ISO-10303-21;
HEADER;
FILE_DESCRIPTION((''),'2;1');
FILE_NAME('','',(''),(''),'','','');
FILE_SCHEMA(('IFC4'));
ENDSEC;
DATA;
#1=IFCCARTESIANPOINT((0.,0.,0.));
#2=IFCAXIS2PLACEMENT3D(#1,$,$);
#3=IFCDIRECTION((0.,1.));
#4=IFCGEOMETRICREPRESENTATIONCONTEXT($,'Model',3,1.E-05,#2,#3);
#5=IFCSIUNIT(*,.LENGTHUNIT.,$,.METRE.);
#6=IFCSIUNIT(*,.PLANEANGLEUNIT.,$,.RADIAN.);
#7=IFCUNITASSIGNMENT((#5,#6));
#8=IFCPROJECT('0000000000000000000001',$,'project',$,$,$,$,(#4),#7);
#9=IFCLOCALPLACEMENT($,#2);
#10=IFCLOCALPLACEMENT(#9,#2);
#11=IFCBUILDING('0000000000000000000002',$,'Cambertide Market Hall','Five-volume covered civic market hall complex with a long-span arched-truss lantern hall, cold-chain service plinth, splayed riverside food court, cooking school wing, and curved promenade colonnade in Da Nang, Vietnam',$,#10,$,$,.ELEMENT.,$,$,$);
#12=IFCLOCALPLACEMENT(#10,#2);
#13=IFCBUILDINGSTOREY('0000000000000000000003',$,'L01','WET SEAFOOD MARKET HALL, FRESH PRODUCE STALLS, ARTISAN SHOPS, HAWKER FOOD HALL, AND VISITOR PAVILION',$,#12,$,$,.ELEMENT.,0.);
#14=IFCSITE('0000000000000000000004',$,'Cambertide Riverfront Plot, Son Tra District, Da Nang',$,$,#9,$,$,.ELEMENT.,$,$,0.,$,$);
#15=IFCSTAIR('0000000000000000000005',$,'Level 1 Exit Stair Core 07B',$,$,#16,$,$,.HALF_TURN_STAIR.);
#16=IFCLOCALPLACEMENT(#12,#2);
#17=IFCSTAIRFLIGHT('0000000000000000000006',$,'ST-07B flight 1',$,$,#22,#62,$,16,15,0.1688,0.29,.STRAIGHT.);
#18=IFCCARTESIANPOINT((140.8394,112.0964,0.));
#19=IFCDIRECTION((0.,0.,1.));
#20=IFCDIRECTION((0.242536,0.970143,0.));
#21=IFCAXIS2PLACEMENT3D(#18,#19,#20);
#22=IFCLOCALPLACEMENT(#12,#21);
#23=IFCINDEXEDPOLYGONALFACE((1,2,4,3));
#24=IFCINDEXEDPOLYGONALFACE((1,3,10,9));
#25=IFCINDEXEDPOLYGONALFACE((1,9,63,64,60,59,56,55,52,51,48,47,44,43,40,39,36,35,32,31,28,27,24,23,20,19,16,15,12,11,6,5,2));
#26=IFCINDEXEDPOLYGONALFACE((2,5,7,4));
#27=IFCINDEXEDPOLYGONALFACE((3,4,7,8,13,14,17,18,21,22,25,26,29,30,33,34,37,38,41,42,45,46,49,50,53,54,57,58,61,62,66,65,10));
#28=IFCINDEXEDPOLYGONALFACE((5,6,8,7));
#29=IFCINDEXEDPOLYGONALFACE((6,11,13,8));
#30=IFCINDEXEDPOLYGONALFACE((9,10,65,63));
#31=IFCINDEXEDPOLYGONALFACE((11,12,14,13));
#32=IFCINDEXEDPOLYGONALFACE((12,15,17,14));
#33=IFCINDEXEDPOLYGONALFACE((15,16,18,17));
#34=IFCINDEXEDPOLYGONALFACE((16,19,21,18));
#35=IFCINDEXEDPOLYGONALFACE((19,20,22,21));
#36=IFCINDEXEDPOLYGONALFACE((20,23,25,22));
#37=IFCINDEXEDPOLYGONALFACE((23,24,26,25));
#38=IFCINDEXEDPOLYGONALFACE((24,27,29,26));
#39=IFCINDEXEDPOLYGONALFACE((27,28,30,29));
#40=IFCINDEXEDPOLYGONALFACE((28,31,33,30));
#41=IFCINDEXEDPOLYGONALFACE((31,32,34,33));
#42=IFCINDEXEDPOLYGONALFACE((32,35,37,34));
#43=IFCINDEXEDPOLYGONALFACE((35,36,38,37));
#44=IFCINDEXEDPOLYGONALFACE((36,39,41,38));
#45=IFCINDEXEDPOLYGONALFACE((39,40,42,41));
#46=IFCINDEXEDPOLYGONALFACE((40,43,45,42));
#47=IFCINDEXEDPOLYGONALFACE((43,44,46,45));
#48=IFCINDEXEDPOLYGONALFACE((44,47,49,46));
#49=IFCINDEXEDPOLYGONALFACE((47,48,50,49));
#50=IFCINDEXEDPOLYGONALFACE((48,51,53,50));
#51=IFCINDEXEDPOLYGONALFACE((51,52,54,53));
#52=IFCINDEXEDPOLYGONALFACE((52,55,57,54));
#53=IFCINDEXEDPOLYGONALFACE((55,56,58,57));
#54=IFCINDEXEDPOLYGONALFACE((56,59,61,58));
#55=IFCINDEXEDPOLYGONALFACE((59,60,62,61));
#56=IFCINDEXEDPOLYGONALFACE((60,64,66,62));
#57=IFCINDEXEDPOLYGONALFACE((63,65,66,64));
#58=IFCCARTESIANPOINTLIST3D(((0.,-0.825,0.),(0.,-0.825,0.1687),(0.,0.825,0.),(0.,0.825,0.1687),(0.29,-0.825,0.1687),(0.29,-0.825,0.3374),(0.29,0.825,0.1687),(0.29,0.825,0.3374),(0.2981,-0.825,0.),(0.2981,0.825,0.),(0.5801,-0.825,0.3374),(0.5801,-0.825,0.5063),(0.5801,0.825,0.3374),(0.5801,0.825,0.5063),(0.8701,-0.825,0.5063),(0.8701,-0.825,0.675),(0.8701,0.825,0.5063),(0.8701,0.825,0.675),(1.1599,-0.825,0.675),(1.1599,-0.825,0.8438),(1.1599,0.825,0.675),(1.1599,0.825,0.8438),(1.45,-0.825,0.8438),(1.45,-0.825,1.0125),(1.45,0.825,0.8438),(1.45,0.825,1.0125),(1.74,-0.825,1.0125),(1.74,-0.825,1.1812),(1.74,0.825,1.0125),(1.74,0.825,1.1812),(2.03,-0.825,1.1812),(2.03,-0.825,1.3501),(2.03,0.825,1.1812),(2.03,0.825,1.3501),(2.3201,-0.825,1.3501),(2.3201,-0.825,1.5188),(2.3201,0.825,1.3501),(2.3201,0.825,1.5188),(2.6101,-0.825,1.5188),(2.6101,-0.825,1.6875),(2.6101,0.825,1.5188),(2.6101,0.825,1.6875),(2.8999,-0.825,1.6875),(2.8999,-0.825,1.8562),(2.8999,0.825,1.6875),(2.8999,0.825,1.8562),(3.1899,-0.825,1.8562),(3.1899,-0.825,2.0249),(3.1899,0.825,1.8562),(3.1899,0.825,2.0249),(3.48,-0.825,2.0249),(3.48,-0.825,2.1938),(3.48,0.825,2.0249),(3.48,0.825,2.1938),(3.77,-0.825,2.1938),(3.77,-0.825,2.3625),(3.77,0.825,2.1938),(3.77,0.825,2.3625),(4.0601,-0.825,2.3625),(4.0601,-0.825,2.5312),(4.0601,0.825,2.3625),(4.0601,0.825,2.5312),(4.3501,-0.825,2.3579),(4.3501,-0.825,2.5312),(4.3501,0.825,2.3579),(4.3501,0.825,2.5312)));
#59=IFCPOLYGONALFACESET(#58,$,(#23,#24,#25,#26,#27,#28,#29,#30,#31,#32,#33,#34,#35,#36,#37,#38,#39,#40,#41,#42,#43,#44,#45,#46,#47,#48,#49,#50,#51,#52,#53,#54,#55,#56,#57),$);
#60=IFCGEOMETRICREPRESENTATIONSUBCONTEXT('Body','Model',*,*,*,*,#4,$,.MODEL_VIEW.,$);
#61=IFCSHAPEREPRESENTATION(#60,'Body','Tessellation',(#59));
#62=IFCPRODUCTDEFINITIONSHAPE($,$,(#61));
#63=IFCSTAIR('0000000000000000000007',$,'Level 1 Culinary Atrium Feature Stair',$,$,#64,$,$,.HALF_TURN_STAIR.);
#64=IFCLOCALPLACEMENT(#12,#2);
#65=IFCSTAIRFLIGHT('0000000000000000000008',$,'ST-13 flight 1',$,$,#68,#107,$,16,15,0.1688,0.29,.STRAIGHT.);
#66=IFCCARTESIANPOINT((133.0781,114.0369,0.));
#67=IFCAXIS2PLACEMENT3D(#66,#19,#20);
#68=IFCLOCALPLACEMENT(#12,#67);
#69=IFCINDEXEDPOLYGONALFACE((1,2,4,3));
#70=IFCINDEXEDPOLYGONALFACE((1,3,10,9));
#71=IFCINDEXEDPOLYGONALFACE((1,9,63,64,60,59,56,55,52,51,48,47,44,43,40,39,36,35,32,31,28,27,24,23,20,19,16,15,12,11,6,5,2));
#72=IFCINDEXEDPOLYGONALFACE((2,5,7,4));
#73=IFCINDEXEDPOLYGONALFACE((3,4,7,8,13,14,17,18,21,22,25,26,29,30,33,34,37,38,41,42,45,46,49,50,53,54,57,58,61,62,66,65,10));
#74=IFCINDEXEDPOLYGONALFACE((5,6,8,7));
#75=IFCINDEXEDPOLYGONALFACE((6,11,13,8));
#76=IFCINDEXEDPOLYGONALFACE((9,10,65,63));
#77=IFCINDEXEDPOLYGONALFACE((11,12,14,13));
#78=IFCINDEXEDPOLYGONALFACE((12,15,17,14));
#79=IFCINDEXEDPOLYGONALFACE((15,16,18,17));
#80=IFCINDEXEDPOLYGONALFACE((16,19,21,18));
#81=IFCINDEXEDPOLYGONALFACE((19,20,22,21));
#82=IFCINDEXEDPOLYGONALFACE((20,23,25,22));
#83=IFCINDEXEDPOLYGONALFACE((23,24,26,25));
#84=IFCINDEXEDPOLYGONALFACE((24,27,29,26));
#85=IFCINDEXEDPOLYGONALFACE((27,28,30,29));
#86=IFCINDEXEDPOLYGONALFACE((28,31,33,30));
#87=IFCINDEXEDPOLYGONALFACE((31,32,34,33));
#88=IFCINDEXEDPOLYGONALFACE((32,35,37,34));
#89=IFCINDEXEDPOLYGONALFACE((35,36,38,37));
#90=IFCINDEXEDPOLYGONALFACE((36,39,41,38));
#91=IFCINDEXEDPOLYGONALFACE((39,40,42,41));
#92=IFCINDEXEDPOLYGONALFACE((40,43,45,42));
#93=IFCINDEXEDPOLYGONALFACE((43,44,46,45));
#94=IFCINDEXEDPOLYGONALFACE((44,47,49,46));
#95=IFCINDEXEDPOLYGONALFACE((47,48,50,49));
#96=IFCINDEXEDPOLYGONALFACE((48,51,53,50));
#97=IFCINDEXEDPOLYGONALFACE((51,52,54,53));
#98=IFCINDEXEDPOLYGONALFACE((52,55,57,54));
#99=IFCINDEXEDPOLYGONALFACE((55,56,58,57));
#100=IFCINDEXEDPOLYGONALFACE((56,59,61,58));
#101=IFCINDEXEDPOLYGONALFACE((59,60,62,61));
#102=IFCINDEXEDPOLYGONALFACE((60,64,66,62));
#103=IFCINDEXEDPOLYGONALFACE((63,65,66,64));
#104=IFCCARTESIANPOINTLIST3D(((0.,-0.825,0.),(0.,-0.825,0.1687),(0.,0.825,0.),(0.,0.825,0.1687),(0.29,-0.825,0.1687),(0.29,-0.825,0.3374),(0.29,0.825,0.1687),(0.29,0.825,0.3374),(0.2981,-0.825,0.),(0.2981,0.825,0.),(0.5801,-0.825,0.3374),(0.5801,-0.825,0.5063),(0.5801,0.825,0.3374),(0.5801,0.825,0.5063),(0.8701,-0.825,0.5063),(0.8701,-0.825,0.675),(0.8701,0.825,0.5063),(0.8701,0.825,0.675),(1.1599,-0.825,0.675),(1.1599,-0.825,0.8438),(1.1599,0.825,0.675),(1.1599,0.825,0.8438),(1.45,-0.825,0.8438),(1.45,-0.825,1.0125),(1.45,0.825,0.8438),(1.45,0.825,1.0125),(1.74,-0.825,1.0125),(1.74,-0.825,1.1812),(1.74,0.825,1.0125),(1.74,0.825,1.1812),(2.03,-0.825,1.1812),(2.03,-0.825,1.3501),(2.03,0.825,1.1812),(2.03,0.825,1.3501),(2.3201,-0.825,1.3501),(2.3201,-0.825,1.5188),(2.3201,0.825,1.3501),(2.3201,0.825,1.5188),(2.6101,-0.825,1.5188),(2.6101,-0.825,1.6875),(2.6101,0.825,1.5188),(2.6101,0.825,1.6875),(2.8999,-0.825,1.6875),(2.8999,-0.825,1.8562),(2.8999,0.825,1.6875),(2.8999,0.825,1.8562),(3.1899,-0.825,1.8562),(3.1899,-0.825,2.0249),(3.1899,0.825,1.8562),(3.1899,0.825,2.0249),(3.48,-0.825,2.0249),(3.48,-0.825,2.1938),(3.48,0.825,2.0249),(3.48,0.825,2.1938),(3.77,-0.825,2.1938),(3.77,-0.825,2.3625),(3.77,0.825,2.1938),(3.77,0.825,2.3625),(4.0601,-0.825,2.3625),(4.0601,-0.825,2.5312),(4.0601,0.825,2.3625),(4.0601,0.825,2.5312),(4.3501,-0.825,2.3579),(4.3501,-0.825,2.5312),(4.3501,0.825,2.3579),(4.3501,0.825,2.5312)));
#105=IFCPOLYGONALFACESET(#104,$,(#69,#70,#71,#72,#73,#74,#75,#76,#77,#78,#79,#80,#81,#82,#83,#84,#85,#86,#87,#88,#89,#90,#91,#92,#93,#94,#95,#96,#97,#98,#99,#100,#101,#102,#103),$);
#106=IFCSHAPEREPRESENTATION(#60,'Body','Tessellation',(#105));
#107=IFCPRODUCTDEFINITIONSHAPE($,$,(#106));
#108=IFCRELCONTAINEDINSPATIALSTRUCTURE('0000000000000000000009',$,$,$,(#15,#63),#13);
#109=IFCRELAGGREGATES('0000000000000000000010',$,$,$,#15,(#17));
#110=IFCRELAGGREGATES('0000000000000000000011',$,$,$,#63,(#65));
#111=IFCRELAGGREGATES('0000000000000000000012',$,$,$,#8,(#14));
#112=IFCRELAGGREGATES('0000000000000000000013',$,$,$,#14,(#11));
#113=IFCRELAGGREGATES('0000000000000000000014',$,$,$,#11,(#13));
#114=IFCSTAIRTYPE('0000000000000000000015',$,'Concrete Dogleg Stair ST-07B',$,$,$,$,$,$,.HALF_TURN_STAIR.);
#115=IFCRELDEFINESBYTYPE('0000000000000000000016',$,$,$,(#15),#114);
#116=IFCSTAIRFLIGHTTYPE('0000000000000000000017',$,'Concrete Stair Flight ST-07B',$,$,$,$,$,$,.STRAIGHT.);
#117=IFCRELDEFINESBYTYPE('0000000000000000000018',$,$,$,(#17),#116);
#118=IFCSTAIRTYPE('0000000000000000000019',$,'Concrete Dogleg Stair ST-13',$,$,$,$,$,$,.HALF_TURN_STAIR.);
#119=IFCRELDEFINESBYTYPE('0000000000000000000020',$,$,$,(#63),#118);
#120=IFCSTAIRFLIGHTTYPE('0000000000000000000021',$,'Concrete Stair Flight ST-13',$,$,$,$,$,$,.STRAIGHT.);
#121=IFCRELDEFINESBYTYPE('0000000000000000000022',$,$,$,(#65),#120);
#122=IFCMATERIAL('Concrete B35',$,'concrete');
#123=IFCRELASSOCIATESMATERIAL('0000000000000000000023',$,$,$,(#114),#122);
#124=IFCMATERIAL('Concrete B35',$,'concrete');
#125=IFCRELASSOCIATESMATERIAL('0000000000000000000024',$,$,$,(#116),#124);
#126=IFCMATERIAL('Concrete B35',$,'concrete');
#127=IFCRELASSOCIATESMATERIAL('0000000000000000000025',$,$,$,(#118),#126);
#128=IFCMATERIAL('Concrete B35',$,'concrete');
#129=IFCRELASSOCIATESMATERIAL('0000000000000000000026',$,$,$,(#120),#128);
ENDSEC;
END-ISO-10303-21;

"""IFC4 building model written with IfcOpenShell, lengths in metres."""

from ifc_helpers import new_model, si_unit, direction, frame, origin, place, context, subcontext, project, spatial, polyline, outline, extrude, material, type_object, element, aggregate, save


model = new_model("IFC4")

# Units and contexts
model_context = context("Model", 3, precision=1e-05, world=origin(), true_north=direction((0.0, 1.0)))
body_context = subcontext(model_context, "Body", "Model", "MODEL_VIEW")
ifc_project = project(units=[si_unit("LENGTHUNIT", "METRE"), si_unit("PLANEANGLEUNIT", "RADIAN")], contexts=[model_context])

# Site, building, storey
site_placement = place(None, origin())
site = spatial("IfcSite", under=ifc_project, at=site_placement, Name="Cambertide Riverfront Plot, Son Tra District, Da Nang", CompositionType="ELEMENT", RefElevation=0.0)
building_placement = place(site_placement, origin())
building = spatial("IfcBuilding", under=site, at=building_placement, Name="Cambertide Market Hall", Description="Five-volume covered civic market hall complex with a long-span arched-truss lantern hall, cold-chain service plinth, splayed riverside food court, cooking school wing, and curved promenade colonnade in Da Nang, Vietnam", CompositionType="ELEMENT")
storey_placement = place(building_placement, origin())
storey = spatial("IfcBuildingStorey", under=building, at=storey_placement, Name="L01", Description="WET SEAFOOD MARKET HALL, FRESH PRODUCE STALLS, ARTISAN SHOPS, HAWKER FOOD HALL, AND VISITOR PAVILION", CompositionType="ELEMENT", Elevation=0.0)

# Stairs, stair flights
ifc_material_1 = material(Name="Concrete B35", Category="concrete")
stair_type_1 = type_object("IfcStairType", Name="Concrete Dogleg Stair ST-07B", PredefinedType="HALF_TURN_STAIR", material=ifc_material_1)
stair_1_placement = place(storey_placement, origin())
stair_1 = element("IfcStair", 1, at=stair_1_placement, inside=storey, type_object=stair_type_1, Name="Level 1 Exit Stair Core 07B", PredefinedType="HALF_TURN_STAIR")
ifc_material_2 = material(Name="Concrete B35", Category="concrete")
stair_flight_type_1 = type_object("IfcStairFlightType", Name="Concrete Stair Flight ST-07B", PredefinedType="STRAIGHT", material=ifc_material_2)
stair_flight_1_placement = place(storey_placement, frame((140.8394, 112.0964, 0.0), z_axis=(0.0, 0.0, 1.0), x_axis=(0.242536, 0.970143, 0.0)))
stair_flight_1 = element("IfcStairFlight", 2, at=stair_flight_1_placement, type_object=stair_flight_type_1, Name="ST-07B flight 1", NumberOfRisers=16, NumberOfTreads=15, PredefinedType="STRAIGHT", RiserHeight=0.1688, TreadLength=0.29, context=body_context, shape_type="SweptSolid", body=[
    extrude(outline(polyline([(0.0, 0.0), (0.0, 0.1687), (0.29, 0.1687), (0.29, 0.3374), (0.5801, 0.3374), (0.5801, 0.5063), (0.8701, 0.5063), (0.8701, 0.675), (1.1599, 0.675), (1.1599, 0.8438), (1.45, 0.8438), (1.45, 1.0125), (1.74, 1.0125), (1.74, 1.1812), (2.03, 1.1812), (2.03, 1.3501), (2.3201, 1.3501), (2.3201, 1.5188), (2.6101, 1.5188), (2.6101, 1.6875), (2.8999, 1.6875), (2.8999, 1.8562), (3.1899, 1.8562), (3.1899, 2.0249), (3.48, 2.0249), (3.48, 2.1938), (3.77, 2.1938), (3.77, 2.3625), (4.0601, 2.3625), (4.0601, 2.5312), (4.3501, 2.5312), (4.3501, 2.7), (4.3501, 2.3579), (0.2981, 0.0), (0.0, 0.0)])), frame((0.0, 0.825, 0.0), z_axis=(0.0, -1.0, 0.0), x_axis=(1.0, 0.0, 0.0)), (0.0, 0.0, 1.0), 1.6499),
])
aggregate(stair_1, [stair_flight_1])
ifc_material_3 = material(Name="Concrete B35", Category="concrete")
stair_type_2 = type_object("IfcStairType", Name="Concrete Dogleg Stair ST-13", PredefinedType="HALF_TURN_STAIR", material=ifc_material_3)
stair_2_placement = place(storey_placement, origin())
stair_2 = element("IfcStair", 3, at=stair_2_placement, inside=storey, type_object=stair_type_2, Name="Level 1 Culinary Atrium Feature Stair", PredefinedType="HALF_TURN_STAIR")
ifc_material_4 = material(Name="Concrete B35", Category="concrete")
stair_flight_type_2 = type_object("IfcStairFlightType", Name="Concrete Stair Flight ST-13", PredefinedType="STRAIGHT", material=ifc_material_4)
stair_flight_2_placement = place(storey_placement, frame((133.0781, 114.0369, 0.0), z_axis=(0.0, 0.0, 1.0), x_axis=(0.242536, 0.970143, 0.0)))
stair_flight_2 = element("IfcStairFlight", 4, at=stair_flight_2_placement, type_object=stair_flight_type_2, Name="ST-13 flight 1", NumberOfRisers=16, NumberOfTreads=15, PredefinedType="STRAIGHT", RiserHeight=0.1688, TreadLength=0.29, context=body_context, shape_type="SweptSolid", body=[
    extrude(outline(polyline([(0.0, 0.0), (0.0, 0.1687), (0.29, 0.1687), (0.29, 0.3374), (0.5801, 0.3374), (0.5801, 0.5063), (0.8701, 0.5063), (0.8701, 0.675), (1.1599, 0.675), (1.1599, 0.8438), (1.45, 0.8438), (1.45, 1.0125), (1.74, 1.0125), (1.74, 1.1812), (2.03, 1.1812), (2.03, 1.3501), (2.3201, 1.3501), (2.3201, 1.5188), (2.6101, 1.5188), (2.6101, 1.6875), (2.8999, 1.6875), (2.8999, 1.8562), (3.1899, 1.8562), (3.1899, 2.0249), (3.48, 2.0249), (3.48, 2.1938), (3.77, 2.1938), (3.77, 2.3625), (4.0601, 2.3625), (4.0601, 2.5312), (4.3501, 2.5312), (4.3501, 2.7), (4.3501, 2.3579), (0.2981, 0.0), (0.0, 0.0)])), frame((0.0, 0.825, 0.0), z_axis=(0.0, -1.0, 0.0), x_axis=(1.0, 0.0, 0.0)), (0.0, 0.0, 1.0), 1.6499),
])
aggregate(stair_2, [stair_flight_2])

save(model, "model.ifc")
